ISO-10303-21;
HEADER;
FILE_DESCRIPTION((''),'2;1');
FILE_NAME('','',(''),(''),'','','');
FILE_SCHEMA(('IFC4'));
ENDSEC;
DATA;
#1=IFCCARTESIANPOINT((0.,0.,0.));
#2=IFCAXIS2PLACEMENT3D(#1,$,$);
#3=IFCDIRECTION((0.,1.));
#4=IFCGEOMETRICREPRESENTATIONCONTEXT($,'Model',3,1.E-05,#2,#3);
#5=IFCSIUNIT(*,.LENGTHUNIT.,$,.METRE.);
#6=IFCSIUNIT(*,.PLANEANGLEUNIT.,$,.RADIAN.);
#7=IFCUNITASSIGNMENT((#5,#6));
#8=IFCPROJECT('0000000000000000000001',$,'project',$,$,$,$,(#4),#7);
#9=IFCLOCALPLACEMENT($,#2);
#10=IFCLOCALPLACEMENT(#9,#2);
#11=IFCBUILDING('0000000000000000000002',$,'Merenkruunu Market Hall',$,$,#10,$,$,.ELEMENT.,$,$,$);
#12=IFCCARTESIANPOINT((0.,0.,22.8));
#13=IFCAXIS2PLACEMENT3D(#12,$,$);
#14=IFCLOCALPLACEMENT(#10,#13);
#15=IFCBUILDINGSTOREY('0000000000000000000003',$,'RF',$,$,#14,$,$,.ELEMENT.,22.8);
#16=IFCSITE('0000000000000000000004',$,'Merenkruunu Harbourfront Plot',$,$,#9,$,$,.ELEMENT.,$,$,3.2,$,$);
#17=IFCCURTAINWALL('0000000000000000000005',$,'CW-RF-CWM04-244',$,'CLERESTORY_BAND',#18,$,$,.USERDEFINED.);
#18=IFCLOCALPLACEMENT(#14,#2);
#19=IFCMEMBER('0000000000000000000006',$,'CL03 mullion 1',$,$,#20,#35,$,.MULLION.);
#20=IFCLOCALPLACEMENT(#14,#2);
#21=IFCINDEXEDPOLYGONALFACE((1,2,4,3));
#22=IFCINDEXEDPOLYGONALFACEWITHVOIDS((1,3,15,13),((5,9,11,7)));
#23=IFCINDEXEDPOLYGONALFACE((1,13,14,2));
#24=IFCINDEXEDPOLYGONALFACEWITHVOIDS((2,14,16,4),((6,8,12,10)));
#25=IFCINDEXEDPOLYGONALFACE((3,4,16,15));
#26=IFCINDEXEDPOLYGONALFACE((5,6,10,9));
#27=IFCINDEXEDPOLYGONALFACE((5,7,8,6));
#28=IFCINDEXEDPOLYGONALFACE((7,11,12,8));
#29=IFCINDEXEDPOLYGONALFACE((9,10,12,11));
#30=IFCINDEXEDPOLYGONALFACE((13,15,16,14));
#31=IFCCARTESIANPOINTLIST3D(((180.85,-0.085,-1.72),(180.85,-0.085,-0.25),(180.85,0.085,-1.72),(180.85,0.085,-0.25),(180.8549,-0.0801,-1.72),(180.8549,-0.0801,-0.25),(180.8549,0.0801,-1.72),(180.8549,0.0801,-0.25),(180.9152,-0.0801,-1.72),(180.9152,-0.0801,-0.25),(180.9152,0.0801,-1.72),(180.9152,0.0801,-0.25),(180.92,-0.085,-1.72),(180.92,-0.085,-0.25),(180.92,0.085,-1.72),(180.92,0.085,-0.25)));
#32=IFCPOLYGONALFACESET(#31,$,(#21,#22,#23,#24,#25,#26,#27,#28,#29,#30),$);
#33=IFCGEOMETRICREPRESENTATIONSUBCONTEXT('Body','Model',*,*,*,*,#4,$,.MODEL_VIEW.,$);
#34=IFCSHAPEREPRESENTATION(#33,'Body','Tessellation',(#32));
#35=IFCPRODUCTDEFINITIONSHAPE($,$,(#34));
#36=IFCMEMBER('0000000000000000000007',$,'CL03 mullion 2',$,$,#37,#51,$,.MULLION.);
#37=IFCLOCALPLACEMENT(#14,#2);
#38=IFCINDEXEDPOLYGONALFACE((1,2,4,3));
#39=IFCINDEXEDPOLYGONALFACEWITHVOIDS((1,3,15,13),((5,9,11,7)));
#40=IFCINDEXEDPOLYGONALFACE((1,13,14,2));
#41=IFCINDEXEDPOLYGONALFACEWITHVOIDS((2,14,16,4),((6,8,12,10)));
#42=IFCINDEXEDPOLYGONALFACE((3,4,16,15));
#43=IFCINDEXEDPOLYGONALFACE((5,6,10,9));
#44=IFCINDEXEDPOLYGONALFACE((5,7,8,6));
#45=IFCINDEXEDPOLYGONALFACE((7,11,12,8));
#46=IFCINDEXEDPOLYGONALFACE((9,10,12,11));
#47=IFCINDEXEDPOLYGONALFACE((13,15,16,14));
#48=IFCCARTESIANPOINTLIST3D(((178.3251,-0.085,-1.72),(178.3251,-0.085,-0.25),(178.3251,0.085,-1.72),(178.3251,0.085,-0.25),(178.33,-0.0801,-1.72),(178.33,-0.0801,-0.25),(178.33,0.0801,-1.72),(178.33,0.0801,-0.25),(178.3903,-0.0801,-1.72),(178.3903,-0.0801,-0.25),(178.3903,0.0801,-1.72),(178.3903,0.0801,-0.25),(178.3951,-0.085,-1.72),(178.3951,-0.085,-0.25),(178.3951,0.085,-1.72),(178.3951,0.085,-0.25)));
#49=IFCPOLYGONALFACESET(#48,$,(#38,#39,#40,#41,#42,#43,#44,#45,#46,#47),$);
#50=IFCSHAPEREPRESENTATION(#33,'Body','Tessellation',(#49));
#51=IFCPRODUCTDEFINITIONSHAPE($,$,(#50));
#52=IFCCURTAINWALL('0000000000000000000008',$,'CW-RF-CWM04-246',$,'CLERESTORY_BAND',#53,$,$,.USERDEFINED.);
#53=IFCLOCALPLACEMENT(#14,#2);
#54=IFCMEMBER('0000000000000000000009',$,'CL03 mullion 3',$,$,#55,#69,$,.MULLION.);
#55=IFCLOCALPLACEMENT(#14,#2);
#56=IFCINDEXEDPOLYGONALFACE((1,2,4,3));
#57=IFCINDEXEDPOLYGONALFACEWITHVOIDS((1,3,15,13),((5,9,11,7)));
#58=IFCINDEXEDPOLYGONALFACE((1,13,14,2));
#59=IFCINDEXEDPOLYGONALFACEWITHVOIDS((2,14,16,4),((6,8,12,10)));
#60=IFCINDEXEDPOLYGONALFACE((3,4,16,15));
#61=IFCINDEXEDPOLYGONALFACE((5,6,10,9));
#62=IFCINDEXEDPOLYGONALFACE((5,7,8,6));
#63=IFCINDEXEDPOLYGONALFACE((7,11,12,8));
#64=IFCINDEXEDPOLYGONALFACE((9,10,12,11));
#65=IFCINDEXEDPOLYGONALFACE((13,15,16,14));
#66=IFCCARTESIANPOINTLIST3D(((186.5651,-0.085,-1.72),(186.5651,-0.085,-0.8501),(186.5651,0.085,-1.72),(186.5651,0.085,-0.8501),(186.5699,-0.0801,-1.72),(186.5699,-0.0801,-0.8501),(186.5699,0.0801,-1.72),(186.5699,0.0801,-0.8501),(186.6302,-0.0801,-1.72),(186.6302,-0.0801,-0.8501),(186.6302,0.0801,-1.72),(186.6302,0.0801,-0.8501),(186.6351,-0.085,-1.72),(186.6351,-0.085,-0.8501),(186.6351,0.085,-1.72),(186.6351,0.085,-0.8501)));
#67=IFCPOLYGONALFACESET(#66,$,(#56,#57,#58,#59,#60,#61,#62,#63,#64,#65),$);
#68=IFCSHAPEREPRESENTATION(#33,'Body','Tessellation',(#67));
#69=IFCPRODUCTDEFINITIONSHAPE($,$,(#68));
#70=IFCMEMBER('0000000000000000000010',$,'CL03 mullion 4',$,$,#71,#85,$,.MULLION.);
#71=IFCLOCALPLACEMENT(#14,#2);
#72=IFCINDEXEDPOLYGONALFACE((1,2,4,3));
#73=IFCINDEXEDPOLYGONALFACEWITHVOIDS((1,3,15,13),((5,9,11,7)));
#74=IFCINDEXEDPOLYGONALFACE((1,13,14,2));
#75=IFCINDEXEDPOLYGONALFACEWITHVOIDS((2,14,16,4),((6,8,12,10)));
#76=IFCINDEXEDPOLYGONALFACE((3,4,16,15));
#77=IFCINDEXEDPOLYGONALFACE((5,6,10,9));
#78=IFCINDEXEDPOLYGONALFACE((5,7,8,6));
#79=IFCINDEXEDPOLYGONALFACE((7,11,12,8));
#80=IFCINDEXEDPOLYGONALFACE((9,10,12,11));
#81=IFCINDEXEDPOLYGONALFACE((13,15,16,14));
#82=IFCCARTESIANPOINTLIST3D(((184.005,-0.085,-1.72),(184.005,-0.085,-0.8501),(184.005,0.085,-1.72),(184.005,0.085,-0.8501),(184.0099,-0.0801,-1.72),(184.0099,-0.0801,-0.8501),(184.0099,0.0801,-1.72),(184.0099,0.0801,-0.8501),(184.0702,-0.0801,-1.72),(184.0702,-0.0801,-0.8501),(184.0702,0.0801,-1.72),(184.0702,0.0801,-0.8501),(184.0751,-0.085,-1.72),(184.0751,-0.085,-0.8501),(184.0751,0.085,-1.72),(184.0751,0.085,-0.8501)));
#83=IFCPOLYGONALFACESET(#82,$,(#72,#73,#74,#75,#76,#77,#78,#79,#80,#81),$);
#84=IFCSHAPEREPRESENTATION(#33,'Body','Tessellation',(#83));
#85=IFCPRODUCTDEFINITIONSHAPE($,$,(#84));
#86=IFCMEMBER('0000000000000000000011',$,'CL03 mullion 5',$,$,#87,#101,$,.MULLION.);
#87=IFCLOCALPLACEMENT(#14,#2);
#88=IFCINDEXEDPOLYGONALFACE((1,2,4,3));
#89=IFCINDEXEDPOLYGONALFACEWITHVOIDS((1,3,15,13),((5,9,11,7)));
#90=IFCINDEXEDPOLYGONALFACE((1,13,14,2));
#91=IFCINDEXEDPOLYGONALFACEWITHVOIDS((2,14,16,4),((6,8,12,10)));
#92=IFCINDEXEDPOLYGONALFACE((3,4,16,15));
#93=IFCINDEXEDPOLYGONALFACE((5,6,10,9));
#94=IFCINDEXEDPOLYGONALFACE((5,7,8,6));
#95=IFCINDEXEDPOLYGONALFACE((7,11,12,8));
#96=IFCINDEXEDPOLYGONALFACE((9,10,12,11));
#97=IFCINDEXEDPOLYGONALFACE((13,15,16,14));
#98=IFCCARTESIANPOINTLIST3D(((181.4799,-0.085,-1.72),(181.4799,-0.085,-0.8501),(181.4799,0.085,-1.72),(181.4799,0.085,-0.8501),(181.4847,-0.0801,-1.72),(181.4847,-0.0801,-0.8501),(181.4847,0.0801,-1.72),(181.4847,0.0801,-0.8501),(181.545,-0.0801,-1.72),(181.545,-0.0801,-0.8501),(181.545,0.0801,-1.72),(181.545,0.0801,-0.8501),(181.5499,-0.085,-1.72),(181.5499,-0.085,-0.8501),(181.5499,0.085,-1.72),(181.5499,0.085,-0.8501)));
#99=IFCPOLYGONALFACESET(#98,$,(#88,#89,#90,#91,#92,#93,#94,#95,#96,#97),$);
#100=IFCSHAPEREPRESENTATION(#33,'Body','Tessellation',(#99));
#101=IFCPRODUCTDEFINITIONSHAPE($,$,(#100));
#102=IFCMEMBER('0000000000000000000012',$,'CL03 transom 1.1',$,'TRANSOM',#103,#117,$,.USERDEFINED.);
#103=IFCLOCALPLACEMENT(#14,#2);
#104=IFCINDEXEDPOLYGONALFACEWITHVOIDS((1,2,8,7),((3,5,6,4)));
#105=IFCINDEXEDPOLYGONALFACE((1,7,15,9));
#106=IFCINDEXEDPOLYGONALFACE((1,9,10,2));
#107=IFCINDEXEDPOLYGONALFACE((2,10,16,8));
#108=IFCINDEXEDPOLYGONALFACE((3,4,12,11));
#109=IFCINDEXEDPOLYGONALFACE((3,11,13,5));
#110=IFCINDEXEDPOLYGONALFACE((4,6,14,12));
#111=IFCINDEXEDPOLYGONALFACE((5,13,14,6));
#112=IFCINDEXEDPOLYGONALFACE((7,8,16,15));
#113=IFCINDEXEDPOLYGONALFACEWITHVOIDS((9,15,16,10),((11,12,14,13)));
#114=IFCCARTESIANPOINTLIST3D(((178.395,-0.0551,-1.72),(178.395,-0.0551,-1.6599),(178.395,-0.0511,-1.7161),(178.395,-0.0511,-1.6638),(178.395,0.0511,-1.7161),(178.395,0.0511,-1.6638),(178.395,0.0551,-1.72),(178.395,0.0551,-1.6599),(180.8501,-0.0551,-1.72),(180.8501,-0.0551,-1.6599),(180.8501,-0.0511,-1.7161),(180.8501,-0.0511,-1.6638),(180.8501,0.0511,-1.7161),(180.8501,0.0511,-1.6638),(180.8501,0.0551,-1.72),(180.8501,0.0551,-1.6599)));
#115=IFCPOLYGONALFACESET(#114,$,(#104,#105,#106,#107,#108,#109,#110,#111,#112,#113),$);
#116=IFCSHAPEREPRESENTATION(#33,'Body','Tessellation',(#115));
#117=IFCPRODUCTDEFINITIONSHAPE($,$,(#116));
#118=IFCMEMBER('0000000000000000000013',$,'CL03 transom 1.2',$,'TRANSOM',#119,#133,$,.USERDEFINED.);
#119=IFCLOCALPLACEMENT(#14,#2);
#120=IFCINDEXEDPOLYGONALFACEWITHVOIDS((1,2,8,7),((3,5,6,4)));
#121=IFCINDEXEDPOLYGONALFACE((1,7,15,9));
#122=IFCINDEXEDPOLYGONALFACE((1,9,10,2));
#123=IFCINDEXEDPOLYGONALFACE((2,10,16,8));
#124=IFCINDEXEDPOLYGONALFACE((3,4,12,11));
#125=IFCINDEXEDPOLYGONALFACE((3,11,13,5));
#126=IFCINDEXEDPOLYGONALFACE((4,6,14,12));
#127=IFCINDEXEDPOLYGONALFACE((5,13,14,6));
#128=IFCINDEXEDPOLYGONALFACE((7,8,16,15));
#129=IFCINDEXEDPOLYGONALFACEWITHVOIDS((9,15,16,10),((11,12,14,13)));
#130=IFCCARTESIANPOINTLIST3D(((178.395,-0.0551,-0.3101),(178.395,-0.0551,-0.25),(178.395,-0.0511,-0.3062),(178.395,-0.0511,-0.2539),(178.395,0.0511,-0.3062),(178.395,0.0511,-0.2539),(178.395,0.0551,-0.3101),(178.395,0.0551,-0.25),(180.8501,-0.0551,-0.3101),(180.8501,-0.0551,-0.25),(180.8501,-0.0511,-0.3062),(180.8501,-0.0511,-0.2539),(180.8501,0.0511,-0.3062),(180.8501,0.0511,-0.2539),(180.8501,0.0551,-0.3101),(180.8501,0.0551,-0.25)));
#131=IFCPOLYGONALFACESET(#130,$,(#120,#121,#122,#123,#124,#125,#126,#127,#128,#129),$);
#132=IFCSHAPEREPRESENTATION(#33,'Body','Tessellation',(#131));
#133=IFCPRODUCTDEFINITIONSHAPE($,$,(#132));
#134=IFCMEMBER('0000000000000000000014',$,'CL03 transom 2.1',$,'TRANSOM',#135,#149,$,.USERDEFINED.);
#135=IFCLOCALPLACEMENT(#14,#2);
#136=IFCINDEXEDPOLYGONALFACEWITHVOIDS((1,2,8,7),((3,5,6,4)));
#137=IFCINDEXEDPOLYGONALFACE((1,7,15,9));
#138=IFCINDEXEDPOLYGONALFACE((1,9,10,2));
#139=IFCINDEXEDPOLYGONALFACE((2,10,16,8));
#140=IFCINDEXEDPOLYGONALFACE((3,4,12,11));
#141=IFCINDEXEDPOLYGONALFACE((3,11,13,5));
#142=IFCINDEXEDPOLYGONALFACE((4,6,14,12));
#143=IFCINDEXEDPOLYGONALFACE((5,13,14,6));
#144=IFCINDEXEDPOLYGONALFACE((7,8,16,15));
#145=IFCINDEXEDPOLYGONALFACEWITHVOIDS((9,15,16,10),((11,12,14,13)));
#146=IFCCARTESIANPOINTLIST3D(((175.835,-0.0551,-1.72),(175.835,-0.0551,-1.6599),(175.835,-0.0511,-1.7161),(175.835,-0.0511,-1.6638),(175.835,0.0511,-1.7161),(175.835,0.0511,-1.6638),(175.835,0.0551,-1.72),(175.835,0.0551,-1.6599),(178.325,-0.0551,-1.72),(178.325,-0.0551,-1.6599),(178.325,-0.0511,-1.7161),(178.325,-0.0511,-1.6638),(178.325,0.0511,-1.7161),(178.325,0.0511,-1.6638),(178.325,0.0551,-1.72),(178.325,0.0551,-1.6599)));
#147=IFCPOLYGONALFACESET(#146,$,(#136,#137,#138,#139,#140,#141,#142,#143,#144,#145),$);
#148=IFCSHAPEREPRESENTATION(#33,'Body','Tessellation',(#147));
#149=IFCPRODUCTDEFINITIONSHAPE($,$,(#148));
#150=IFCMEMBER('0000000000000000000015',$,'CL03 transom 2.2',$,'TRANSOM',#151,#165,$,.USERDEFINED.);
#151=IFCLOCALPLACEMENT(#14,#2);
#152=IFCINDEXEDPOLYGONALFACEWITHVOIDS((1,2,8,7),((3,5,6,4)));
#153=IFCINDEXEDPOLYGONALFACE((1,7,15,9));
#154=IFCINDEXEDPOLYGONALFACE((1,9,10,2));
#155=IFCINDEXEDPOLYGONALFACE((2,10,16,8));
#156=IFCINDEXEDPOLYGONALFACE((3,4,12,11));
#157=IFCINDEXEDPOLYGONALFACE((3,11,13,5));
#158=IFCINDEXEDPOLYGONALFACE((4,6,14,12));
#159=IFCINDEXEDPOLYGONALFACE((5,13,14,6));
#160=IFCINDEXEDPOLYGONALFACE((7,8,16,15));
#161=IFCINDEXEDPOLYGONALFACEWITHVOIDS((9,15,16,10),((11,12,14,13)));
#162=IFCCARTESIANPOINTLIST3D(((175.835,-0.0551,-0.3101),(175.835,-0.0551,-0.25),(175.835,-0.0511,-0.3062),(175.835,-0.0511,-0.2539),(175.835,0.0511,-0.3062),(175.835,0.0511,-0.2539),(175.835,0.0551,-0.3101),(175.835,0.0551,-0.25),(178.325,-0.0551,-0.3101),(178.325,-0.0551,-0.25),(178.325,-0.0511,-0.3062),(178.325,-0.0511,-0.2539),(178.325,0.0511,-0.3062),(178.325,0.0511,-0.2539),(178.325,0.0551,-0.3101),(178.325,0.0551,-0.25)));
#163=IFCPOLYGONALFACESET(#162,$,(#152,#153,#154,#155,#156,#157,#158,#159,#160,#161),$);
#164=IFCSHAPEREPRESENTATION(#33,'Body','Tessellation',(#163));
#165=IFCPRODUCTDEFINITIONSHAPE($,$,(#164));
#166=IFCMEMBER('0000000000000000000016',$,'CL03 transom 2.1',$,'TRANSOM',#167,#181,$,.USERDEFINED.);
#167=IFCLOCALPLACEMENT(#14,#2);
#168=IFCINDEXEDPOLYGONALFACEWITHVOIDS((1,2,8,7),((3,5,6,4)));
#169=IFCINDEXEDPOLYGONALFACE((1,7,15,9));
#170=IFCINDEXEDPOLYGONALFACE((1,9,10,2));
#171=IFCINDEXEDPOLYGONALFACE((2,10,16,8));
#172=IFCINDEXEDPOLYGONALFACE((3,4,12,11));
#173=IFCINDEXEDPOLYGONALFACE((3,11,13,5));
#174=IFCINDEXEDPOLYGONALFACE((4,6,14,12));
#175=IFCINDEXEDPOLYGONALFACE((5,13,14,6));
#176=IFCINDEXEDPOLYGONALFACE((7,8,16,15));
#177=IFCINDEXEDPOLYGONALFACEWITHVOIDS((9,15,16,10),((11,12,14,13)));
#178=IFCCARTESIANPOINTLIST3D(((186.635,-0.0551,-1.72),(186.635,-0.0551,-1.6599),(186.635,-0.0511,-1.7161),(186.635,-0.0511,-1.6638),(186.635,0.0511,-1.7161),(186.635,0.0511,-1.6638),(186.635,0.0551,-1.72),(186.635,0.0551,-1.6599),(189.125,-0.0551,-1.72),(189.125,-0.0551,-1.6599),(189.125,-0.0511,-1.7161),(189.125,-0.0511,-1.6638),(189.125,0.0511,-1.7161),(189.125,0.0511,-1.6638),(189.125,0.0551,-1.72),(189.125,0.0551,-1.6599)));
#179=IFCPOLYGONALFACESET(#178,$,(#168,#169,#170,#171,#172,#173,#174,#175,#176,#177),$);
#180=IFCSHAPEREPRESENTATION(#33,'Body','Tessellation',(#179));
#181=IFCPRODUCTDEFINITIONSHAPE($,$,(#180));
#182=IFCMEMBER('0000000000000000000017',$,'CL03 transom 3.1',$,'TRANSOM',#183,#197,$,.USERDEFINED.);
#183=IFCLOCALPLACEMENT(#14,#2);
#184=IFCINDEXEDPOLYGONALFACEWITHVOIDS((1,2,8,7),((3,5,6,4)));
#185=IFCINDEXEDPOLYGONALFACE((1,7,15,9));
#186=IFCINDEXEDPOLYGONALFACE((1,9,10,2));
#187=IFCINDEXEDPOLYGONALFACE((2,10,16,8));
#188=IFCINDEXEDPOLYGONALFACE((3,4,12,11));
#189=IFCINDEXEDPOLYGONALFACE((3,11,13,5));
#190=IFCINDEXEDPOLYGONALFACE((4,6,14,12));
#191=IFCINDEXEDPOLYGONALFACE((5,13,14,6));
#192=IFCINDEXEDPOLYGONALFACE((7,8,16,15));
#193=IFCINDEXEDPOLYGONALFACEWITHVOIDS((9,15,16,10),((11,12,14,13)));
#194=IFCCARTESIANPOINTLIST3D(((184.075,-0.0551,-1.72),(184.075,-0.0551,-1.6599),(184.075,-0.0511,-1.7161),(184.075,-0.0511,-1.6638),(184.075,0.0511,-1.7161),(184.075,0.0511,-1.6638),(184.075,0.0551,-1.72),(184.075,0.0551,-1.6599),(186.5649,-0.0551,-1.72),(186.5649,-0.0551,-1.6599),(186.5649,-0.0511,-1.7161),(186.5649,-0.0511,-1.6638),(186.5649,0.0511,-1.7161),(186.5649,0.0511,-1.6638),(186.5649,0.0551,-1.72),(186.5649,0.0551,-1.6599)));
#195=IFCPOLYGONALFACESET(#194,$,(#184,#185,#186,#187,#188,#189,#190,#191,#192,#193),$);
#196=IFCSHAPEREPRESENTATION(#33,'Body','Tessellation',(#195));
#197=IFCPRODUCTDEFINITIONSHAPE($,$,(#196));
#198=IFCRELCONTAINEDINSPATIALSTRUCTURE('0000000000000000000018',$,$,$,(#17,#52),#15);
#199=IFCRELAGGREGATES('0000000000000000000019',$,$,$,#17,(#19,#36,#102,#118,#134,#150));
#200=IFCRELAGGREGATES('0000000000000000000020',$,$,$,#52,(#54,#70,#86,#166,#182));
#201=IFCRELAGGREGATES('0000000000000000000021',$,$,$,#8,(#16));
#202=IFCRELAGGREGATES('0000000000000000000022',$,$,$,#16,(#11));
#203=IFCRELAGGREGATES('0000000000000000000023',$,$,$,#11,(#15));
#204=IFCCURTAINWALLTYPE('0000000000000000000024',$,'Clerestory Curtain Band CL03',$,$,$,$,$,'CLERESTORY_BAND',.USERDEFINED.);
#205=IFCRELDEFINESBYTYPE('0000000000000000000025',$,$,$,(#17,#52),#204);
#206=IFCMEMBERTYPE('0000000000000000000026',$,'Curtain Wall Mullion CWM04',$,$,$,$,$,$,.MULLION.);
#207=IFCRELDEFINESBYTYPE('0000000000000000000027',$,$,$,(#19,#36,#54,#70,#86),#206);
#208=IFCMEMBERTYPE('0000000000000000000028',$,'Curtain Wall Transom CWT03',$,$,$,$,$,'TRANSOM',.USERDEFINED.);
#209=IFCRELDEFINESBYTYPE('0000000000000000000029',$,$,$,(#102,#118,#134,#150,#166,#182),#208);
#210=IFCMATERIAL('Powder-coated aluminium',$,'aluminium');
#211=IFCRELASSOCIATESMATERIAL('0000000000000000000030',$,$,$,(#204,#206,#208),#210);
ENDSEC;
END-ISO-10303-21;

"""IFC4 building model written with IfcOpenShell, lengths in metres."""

from ifc_helpers import new_model, si_unit, direction, frame, origin, origin_2d, place, context, subcontext, project, spatial, hollow_rectangle, extrude, material, material_profile, profile_set, type_object, element, aggregate, save


model = new_model("IFC4")

# Units and contexts
model_context = context("Model", 3, precision=1e-05, world=origin(), true_north=direction((0.0, 1.0)))
body_context = subcontext(model_context, "Body", "Model", "MODEL_VIEW")
ifc_project = project(units=[si_unit("LENGTHUNIT", "METRE"), si_unit("PLANEANGLEUNIT", "RADIAN")], contexts=[model_context])

# Site, building, storey
site_placement = place(None, origin())
site = spatial("IfcSite", under=ifc_project, at=site_placement, Name="Merenkruunu Harbourfront Plot", CompositionType="ELEMENT", RefElevation=3.2)
building_placement = place(site_placement, origin())
building = spatial("IfcBuilding", under=site, at=building_placement, Name="Merenkruunu Market Hall", CompositionType="ELEMENT")
storey_placement = place(building_placement, frame((0.0, 0.0, 22.8)))
storey = spatial("IfcBuildingStorey", under=building, at=storey_placement, Name="RF", CompositionType="ELEMENT", Elevation=22.8)

# Curtain walls, members
ifc_material_1 = material(Name="Powder-coated aluminium", Category="aluminium")
curtain_wall_type = type_object("IfcCurtainWallType", Name="Clerestory Curtain Band CL03", ElementType="CLERESTORY_BAND", PredefinedType="USERDEFINED", material=ifc_material_1)
curtain_wall_1_placement = place(storey_placement, origin())
curtain_wall_1 = element("IfcCurtainWall", 1, at=curtain_wall_1_placement, inside=storey, type_object=curtain_wall_type, Name="CW-RF-CWM04-244", ObjectType="CLERESTORY_BAND", PredefinedType="USERDEFINED")
ifc_material_profile_1 = material_profile(ifc_material_1, hollow_rectangle(XDim=0.0701, YDim=0.1699, WallThickness=0.0049, at=origin_2d()), Name="ALU 70x170x5")
ifc_profile_set_1 = profile_set([ifc_material_profile_1], Name="Powder-coated aluminium")
member_type_1 = type_object("IfcMemberType", Name="Curtain Wall Mullion CWM04", PredefinedType="MULLION", material=ifc_profile_set_1)
member_1_placement = place(storey_placement, frame((180.885, 0.0, -1.72), z_axis=(0.0, 0.0, 1.0), x_axis=(-1.0, 0.0, 0.0)))
member_1 = element("IfcMember", 2, at=member_1_placement, type_object=member_type_1, Name="CL03 mullion 1", PredefinedType="MULLION", context=body_context, shape_type="SweptSolid", body=[
    extrude(hollow_rectangle(XDim=0.0701, YDim=0.1699, WallThickness=0.0049, at=origin_2d()), origin(), (0.0, 0.0, 1.0), 1.47),
])
member_2_placement = place(storey_placement, frame((178.3601, 0.0, -1.72), z_axis=(0.0, 0.0, 1.0), x_axis=(-1.0, 0.0, 0.0)))
member_2 = element("IfcMember", 3, at=member_2_placement, type_object=member_type_1, Name="CL03 mullion 2", PredefinedType="MULLION", context=body_context, shape_type="SweptSolid", body=[
    extrude(hollow_rectangle(XDim=0.0701, YDim=0.1699, WallThickness=0.0049, at=origin_2d()), origin(), (0.0, 0.0, 1.0), 1.47),
])
curtain_wall_2_placement = place(storey_placement, origin())
curtain_wall_2 = element("IfcCurtainWall", 4, at=curtain_wall_2_placement, inside=storey, type_object=curtain_wall_type, Name="CW-RF-CWM04-246", ObjectType="CLERESTORY_BAND", PredefinedType="USERDEFINED")
member_3_placement = place(storey_placement, frame((186.6001, 0.0, -1.72), z_axis=(0.0, 0.0, 1.0), x_axis=(-1.0, 0.0, 0.0)))
member_3 = element("IfcMember", 5, at=member_3_placement, type_object=member_type_1, Name="CL03 mullion 3", PredefinedType="MULLION", context=body_context, shape_type="SweptSolid", body=[
    extrude(hollow_rectangle(XDim=0.0701, YDim=0.1699, WallThickness=0.0049, at=origin_2d()), origin(), (0.0, 0.0, 1.0), 0.8699),
])
member_4_placement = place(storey_placement, frame((184.04, 0.0, -1.72), z_axis=(0.0, 0.0, 1.0), x_axis=(-1.0, 0.0, 0.0)))
member_4 = element("IfcMember", 6, at=member_4_placement, type_object=member_type_1, Name="CL03 mullion 4", PredefinedType="MULLION", context=body_context, shape_type="SweptSolid", body=[
    extrude(hollow_rectangle(XDim=0.0701, YDim=0.1699, WallThickness=0.0049, at=origin_2d()), origin(), (0.0, 0.0, 1.0), 0.8699),
])
member_5_placement = place(storey_placement, frame((181.5149, 0.0, -1.72), z_axis=(0.0, 0.0, 1.0), x_axis=(-1.0, 0.0, 0.0)))
member_5 = element("IfcMember", 7, at=member_5_placement, type_object=member_type_1, Name="CL03 mullion 5", PredefinedType="MULLION", context=body_context, shape_type="SweptSolid", body=[
    extrude(hollow_rectangle(XDim=0.0701, YDim=0.1699, WallThickness=0.0049, at=origin_2d()), origin(), (0.0, 0.0, 1.0), 0.8699),
])

# Members
ifc_material_profile_2 = material_profile(ifc_material_1, hollow_rectangle(XDim=0.0601, YDim=0.1101, WallThickness=0.0039, at=origin_2d()), Name="ALU 60x110x4")
ifc_profile_set_2 = profile_set([ifc_material_profile_2], Name="Powder-coated aluminium")
member_type_2 = type_object("IfcMemberType", Name="Curtain Wall Transom CWT03", ElementType="TRANSOM", PredefinedType="USERDEFINED", material=ifc_profile_set_2)
member_6_placement = place(storey_placement, frame((180.8501, 0.0, -1.6899), z_axis=(-1.0, 0.0, 0.0), x_axis=(0.0, 0.0, 1.0)))
member_6 = element("IfcMember", 8, at=member_6_placement, type_object=member_type_2, Name="CL03 transom 1.1", ObjectType="TRANSOM", PredefinedType="USERDEFINED", context=body_context, shape_type="SweptSolid", body=[
    extrude(hollow_rectangle(XDim=0.0601, YDim=0.1101, WallThickness=0.0039, at=origin_2d()), origin(), (0.0, 0.0, 1.0), 2.4551),
])
member_7_placement = place(storey_placement, frame((180.8501, 0.0, -0.28), z_axis=(-1.0, 0.0, 0.0), x_axis=(0.0, 0.0, 1.0)))
member_7 = element("IfcMember", 9, at=member_7_placement, type_object=member_type_2, Name="CL03 transom 1.2", ObjectType="TRANSOM", PredefinedType="USERDEFINED", context=body_context, shape_type="SweptSolid", body=[
    extrude(hollow_rectangle(XDim=0.0601, YDim=0.1101, WallThickness=0.0039, at=origin_2d()), origin(), (0.0, 0.0, 1.0), 2.4551),
])
member_8_placement = place(storey_placement, frame((178.325, 0.0, -1.6899), z_axis=(-1.0, 0.0, 0.0), x_axis=(0.0, 0.0, 1.0)))
member_8 = element("IfcMember", 10, at=member_8_placement, type_object=member_type_2, Name="CL03 transom 2.1", ObjectType="TRANSOM", PredefinedType="USERDEFINED", context=body_context, shape_type="SweptSolid", body=[
    extrude(hollow_rectangle(XDim=0.0601, YDim=0.1101, WallThickness=0.0039, at=origin_2d()), origin(), (0.0, 0.0, 1.0), 2.49),
])
member_9_placement = place(storey_placement, frame((178.325, 0.0, -0.28), z_axis=(-1.0, 0.0, 0.0), x_axis=(0.0, 0.0, 1.0)))
member_9 = element("IfcMember", 11, at=member_9_placement, type_object=member_type_2, Name="CL03 transom 2.2", ObjectType="TRANSOM", PredefinedType="USERDEFINED", context=body_context, shape_type="SweptSolid", body=[
    extrude(hollow_rectangle(XDim=0.0601, YDim=0.1101, WallThickness=0.0039, at=origin_2d()), origin(), (0.0, 0.0, 1.0), 2.49),
])
member_10_placement = place(storey_placement, frame((189.125, 0.0, -1.6899), z_axis=(-1.0, 0.0, 0.0), x_axis=(0.0, 0.0, 1.0)))
member_10 = element("IfcMember", 12, at=member_10_placement, type_object=member_type_2, Name="CL03 transom 2.1", ObjectType="TRANSOM", PredefinedType="USERDEFINED", context=body_context, shape_type="SweptSolid", body=[
    extrude(hollow_rectangle(XDim=0.0601, YDim=0.1101, WallThickness=0.0039, at=origin_2d()), origin(), (0.0, 0.0, 1.0), 2.49),
])
member_11_placement = place(storey_placement, frame((186.5649, 0.0, -1.6899), z_axis=(-1.0, 0.0, 0.0), x_axis=(0.0, 0.0, 1.0)))
member_11 = element("IfcMember", 13, at=member_11_placement, type_object=member_type_2, Name="CL03 transom 3.1", ObjectType="TRANSOM", PredefinedType="USERDEFINED", context=body_context, shape_type="SweptSolid", body=[
    extrude(hollow_rectangle(XDim=0.0601, YDim=0.1101, WallThickness=0.0039, at=origin_2d()), origin(), (0.0, 0.0, 1.0), 2.49),
])

aggregate(curtain_wall_1, [member_1, member_2, member_6, member_7, member_8, member_9])
aggregate(curtain_wall_2, [member_3, member_4, member_5, member_10, member_11])

save(model, "model.ifc")
